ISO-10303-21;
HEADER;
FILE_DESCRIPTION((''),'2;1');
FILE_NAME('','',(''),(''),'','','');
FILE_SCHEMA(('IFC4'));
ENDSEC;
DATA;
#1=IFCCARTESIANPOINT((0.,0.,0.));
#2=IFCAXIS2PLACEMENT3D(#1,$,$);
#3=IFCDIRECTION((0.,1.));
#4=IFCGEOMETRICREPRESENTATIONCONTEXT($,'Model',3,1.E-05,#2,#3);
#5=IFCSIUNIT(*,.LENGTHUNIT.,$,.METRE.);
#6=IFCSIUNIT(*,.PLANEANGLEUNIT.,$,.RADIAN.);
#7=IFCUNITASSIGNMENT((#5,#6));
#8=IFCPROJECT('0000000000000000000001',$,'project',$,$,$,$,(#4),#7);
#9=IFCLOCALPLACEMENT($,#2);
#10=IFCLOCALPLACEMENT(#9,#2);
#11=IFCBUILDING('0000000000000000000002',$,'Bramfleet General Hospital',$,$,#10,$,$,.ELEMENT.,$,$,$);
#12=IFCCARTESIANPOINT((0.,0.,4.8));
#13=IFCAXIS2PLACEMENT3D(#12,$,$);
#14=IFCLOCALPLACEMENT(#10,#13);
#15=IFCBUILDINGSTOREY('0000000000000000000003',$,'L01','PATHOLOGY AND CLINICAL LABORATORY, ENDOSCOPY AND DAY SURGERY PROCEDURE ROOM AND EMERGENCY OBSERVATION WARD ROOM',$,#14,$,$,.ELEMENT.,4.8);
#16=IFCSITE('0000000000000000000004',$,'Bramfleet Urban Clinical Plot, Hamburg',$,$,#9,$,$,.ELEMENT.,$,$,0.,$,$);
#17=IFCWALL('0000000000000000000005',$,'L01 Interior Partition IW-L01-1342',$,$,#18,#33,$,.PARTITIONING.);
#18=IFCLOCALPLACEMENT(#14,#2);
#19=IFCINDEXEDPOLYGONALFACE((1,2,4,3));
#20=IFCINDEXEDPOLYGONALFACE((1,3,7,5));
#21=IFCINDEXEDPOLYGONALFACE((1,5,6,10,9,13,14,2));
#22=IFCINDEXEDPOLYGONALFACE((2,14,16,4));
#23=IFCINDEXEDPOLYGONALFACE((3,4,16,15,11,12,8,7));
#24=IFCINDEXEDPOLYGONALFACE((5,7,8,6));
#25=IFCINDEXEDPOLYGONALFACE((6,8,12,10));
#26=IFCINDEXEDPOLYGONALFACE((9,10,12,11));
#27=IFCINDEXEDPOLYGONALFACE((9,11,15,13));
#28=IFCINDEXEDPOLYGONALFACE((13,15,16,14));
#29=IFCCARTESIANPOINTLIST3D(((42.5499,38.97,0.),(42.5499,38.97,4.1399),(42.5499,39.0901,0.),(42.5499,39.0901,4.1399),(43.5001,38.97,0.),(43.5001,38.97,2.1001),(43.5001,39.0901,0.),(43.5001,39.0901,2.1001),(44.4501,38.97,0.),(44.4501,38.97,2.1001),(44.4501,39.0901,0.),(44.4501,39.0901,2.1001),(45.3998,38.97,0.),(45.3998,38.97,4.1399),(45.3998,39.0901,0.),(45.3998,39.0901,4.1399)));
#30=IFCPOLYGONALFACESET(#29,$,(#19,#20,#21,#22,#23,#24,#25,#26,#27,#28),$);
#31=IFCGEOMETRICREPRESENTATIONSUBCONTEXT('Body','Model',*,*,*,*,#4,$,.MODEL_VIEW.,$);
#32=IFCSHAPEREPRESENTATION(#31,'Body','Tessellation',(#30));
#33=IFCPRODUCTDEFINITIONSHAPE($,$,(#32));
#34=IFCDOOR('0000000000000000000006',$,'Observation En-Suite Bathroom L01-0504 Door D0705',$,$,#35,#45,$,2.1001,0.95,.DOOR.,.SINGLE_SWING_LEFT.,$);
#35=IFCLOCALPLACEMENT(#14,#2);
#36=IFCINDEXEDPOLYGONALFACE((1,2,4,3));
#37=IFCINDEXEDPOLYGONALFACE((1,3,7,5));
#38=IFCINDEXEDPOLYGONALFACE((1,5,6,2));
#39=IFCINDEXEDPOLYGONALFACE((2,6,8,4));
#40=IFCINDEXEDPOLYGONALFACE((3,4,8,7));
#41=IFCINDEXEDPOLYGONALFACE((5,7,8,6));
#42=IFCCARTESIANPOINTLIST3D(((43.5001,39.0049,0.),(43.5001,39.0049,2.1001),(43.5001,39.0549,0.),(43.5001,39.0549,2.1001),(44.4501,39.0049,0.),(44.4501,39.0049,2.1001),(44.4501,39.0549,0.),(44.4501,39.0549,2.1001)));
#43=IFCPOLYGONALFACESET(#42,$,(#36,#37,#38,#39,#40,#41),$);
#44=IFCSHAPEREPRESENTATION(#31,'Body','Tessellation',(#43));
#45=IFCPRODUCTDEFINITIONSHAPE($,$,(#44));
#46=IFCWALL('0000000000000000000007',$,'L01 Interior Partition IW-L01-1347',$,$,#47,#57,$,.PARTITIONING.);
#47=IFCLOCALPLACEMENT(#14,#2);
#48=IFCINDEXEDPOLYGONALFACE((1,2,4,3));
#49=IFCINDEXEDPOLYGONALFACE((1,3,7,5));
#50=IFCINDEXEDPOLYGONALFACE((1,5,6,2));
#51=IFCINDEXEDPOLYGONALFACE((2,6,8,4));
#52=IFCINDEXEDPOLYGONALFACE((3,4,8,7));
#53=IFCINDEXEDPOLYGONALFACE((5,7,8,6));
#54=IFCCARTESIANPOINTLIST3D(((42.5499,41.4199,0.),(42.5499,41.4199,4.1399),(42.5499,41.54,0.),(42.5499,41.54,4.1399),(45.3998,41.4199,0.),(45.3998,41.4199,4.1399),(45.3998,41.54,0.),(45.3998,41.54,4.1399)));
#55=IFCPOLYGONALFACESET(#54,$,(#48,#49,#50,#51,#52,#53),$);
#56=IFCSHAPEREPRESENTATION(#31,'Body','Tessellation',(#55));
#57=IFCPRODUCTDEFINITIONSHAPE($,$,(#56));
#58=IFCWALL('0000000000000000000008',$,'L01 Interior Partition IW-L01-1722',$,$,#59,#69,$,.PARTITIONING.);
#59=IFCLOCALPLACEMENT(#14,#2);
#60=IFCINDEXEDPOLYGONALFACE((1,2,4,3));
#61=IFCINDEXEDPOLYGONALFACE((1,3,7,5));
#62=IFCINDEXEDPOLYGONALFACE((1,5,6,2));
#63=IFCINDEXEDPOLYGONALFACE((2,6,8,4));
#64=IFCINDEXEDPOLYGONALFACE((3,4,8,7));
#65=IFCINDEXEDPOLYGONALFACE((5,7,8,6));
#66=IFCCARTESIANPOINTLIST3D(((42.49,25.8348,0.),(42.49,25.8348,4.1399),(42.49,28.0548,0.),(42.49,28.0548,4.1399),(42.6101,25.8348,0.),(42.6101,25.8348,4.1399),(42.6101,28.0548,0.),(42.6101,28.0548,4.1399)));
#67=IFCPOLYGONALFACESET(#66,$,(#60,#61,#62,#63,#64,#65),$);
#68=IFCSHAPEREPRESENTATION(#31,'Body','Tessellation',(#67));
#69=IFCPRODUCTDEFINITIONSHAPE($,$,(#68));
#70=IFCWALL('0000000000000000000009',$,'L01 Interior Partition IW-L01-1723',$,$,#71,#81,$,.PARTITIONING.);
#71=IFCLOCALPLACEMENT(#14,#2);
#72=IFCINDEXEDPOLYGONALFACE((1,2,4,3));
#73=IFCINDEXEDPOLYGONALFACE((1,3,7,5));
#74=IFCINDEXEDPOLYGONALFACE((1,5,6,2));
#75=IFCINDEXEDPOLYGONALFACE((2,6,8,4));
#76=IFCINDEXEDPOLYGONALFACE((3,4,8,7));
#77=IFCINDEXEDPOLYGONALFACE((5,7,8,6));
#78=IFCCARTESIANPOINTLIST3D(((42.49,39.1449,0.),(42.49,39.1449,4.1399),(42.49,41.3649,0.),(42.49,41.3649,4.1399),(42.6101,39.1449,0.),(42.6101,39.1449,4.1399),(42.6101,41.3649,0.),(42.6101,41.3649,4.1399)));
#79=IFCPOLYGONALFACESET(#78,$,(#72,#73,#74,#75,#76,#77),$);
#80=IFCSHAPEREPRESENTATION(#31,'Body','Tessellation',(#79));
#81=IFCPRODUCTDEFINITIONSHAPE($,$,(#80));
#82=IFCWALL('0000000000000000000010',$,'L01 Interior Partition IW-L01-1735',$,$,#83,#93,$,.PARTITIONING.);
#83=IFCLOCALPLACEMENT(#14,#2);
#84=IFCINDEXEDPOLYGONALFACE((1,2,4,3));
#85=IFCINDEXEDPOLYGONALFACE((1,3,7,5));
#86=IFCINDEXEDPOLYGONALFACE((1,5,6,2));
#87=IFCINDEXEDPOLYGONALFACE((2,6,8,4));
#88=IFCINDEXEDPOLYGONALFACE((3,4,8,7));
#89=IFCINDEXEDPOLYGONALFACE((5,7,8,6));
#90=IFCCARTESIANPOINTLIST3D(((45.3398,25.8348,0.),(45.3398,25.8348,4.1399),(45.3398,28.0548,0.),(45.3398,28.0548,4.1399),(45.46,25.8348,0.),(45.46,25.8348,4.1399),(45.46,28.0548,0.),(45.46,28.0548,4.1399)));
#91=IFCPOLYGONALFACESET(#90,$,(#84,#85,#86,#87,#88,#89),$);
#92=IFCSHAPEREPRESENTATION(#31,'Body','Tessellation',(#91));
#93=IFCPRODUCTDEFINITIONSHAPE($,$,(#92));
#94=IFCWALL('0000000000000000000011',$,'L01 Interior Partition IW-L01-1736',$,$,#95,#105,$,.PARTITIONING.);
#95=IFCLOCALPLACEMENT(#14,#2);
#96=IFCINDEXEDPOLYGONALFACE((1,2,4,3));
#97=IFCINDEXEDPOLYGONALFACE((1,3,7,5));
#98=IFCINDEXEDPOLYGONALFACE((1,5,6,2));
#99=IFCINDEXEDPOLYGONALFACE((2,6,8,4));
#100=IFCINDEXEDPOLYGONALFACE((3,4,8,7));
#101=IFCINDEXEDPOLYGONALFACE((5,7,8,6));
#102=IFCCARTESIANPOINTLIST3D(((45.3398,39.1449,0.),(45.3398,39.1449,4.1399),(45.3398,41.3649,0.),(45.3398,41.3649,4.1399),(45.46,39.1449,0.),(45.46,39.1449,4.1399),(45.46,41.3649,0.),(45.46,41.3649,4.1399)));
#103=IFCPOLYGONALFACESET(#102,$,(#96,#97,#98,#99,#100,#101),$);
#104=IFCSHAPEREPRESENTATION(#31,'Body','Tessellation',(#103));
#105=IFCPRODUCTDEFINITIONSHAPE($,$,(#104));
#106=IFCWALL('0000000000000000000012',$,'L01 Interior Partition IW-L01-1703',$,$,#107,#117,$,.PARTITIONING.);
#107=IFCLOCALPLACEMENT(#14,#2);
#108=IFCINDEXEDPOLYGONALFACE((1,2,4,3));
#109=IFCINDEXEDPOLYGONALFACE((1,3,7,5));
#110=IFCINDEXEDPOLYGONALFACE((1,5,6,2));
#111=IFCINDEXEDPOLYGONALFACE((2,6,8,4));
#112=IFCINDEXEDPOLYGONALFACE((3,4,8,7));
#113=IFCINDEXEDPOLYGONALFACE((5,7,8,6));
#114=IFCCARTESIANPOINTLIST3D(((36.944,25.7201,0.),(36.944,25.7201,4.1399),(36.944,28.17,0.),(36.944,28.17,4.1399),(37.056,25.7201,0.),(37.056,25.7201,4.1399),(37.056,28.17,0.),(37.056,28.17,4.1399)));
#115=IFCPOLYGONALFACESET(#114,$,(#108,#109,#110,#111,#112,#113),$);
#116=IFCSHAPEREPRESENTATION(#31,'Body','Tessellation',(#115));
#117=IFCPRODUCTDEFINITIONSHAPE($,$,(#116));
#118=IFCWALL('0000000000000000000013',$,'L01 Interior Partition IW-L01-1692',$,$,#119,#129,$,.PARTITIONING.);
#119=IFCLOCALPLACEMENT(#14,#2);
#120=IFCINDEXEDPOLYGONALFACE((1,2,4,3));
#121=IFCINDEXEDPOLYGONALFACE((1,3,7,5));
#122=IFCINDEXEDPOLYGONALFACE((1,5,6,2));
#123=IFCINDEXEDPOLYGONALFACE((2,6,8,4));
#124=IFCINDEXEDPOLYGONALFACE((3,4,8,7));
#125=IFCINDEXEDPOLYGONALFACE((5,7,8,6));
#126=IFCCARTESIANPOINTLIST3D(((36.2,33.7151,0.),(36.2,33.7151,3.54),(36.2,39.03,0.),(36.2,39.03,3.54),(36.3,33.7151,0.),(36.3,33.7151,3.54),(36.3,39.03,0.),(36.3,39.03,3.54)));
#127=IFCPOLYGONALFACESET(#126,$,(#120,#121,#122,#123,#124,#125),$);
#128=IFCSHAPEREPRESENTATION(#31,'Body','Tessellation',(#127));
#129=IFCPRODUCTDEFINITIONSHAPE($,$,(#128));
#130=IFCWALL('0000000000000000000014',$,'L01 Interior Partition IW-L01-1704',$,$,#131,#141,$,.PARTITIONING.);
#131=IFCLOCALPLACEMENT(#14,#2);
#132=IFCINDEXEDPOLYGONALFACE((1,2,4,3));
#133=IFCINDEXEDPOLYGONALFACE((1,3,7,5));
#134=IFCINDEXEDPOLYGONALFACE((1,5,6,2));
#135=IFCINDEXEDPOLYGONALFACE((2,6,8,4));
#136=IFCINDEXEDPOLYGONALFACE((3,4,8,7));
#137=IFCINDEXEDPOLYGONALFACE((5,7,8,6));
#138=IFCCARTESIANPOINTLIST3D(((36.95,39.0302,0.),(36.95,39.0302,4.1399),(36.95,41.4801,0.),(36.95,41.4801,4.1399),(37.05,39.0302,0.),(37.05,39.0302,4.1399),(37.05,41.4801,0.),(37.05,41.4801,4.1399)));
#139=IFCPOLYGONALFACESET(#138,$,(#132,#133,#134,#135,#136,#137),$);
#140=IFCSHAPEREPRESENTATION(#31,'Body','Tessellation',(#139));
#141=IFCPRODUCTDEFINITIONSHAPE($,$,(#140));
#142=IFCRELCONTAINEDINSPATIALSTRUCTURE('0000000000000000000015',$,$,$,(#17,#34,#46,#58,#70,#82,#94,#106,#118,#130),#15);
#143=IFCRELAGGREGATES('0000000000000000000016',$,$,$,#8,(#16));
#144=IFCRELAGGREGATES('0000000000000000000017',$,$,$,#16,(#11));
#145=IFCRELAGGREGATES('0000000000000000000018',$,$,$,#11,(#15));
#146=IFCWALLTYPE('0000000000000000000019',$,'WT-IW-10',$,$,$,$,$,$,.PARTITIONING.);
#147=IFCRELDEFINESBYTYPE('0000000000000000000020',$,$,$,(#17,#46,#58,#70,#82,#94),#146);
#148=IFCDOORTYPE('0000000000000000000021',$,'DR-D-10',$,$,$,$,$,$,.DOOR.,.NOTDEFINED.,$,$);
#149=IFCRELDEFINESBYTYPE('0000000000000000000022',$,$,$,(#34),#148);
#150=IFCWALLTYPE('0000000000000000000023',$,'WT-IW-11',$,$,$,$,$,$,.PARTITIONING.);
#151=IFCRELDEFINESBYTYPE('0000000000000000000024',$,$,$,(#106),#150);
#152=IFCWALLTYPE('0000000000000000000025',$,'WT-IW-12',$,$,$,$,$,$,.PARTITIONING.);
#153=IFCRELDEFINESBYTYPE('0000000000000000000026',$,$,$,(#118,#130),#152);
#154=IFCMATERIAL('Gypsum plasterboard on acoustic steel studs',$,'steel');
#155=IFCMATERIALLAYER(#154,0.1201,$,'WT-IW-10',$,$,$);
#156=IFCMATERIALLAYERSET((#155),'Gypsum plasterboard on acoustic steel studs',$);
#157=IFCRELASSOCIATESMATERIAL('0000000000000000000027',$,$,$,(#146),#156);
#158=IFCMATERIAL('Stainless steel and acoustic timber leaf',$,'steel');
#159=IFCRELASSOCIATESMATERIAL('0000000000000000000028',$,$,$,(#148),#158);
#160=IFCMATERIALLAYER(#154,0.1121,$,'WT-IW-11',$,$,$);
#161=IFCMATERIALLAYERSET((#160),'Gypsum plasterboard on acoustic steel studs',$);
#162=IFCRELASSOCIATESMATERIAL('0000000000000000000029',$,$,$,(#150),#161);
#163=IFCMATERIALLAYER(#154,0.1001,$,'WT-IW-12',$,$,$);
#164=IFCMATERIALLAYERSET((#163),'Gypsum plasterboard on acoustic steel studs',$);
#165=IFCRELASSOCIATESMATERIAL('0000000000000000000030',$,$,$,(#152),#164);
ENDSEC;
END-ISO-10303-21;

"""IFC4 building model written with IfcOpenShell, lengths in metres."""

from ifc_helpers import new_model, si_unit, direction, frame, frame_2d, origin, place, context, subcontext, project, spatial, rectangle, extrude, material, layer, layer_set, type_object, element, fill, save


model = new_model("IFC4")

# Units and contexts
model_context = context("Model", 3, precision=1e-05, world=origin(), true_north=direction((0.0, 1.0)))
body_context = subcontext(model_context, "Body", "Model", "MODEL_VIEW")
ifc_project = project(units=[si_unit("LENGTHUNIT", "METRE"), si_unit("PLANEANGLEUNIT", "RADIAN")], contexts=[model_context])

# Site, building, storey
site_placement = place(None, origin())
site = spatial("IfcSite", under=ifc_project, at=site_placement, Name="Bramfleet Urban Clinical Plot, Hamburg", CompositionType="ELEMENT", RefElevation=0.0)
building_placement = place(site_placement, origin())
building = spatial("IfcBuilding", under=site, at=building_placement, Name="Bramfleet General Hospital", CompositionType="ELEMENT")
storey_placement = place(building_placement, frame((0.0, 0.0, 4.8)))
storey = spatial("IfcBuildingStorey", under=building, at=storey_placement, Name="L01", Description="PATHOLOGY AND CLINICAL LABORATORY, ENDOSCOPY AND DAY SURGERY PROCEDURE ROOM AND EMERGENCY OBSERVATION WARD ROOM", CompositionType="ELEMENT", Elevation=4.8)

# Shared definitions
ifc_material_1 = material(Name="Gypsum plasterboard on acoustic steel studs", Category="steel")

# Shared definitions
ifc_material_2 = material(Name="Stainless steel and acoustic timber leaf", Category="steel")

# Shared definitions
ifc_layer_1 = layer(ifc_material_1, 0.1201, Name="WT-IW-10")
ifc_layer_set_1 = layer_set([ifc_layer_1], Name="Gypsum plasterboard on acoustic steel studs")
wall_type_1 = type_object("IfcWallType", Name="WT-IW-10", PredefinedType="PARTITIONING", material=ifc_layer_set_1)

# Wall, opening, door
door_type_1 = type_object("IfcDoorType", Name="DR-D-10", OperationType="NOTDEFINED", PredefinedType="DOOR", material=ifc_material_2)
wall_1_placement = place(storey_placement, frame((42.55, 39.03, 0.0), z_axis=(0.0, 0.0, 1.0), x_axis=(1.0, 0.0, 0.0)))
wall_1 = element("IfcWall", 1, at=wall_1_placement, inside=storey, type_object=wall_type_1, Name="L01 Interior Partition IW-L01-1342", PredefinedType="PARTITIONING", context=body_context, shape_type="SweptSolid", body=[
    extrude(rectangle(XDim=2.8499, YDim=0.1201, at=frame_2d((1.4248, 0.0))), origin(), (0.0, 0.0, 1.0), 4.1399),
])
opening_1_placement = place(wall_1_placement, frame((0.95, 0.0, 0.0)))
opening_1 = element("IfcOpeningElement", 2, at=opening_1_placement, cuts=wall_1, PredefinedType="OPENING", context=body_context, shape_type="SweptSolid", body=[
    extrude(rectangle(XDim=0.95, YDim=2.1001, at=frame_2d((0.4751, 1.05))), frame((0.0, 0.0701, 0.0), z_axis=(0.0, -1.0, 0.0), x_axis=(1.0, 0.0, 0.0)), (0.0, 0.0, 1.0), 0.1401),
])
door_1_placement = place(opening_1_placement, origin())
door_1 = element("IfcDoor", 3, at=door_1_placement, inside=storey, type_object=door_type_1, Name="Observation En-Suite Bathroom L01-0504 Door D0705", OperationType="SINGLE_SWING_LEFT", OverallHeight=2.1001, OverallWidth=0.95, PredefinedType="DOOR", context=body_context, shape_type="SweptSolid", body=[
    extrude(rectangle(XDim=0.95, YDim=2.1001, at=frame_2d((0.4751, 1.05))), frame((0.0, 0.0249, 0.0), z_axis=(0.0, -1.0, 0.0), x_axis=(1.0, 0.0, 0.0)), (0.0, 0.0, 1.0), 0.05),
])
fill(opening_1, door_1)

# Walls
wall_2_placement = place(storey_placement, frame((42.55, 41.48, 0.0), z_axis=(0.0, 0.0, 1.0), x_axis=(1.0, 0.0, 0.0)))
element("IfcWall", 4, at=wall_2_placement, inside=storey, type_object=wall_type_1, Name="L01 Interior Partition IW-L01-1347", PredefinedType="PARTITIONING", context=body_context, shape_type="SweptSolid", body=[
    extrude(rectangle(XDim=2.8499, YDim=0.1201, at=frame_2d((1.4248, 0.0))), origin(), (0.0, 0.0, 1.0), 4.1399),
])
for number, where, z_axis, x_axis, name in (
    (5, (42.55, 25.835, 0.0), (0.0, 0.0, 1.0), (0.0, 1.0, 0.0), "L01 Interior Partition IW-L01-1722"),
    (6, (42.55, 39.145, 0.0), (0.0, 0.0, 1.0), (0.0, 1.0, 0.0), "L01 Interior Partition IW-L01-1723"),
    (7, (45.3999, 25.835, 0.0), (0.0, 0.0, 1.0), (0.0, 1.0, 0.0), "L01 Interior Partition IW-L01-1735"),
    (8, (45.3999, 39.145, 0.0), (0.0, 0.0, 1.0), (0.0, 1.0, 0.0), "L01 Interior Partition IW-L01-1736"),
):
    element("IfcWall", number, at=place(storey_placement, frame(where, z_axis=z_axis, x_axis=x_axis)), inside=storey, type_object=wall_type_1, Name=name, PredefinedType="PARTITIONING", context=body_context, shape_type="SweptSolid", body=[
        extrude(rectangle(XDim=2.22, YDim=0.1201, at=frame_2d((1.1099, 0.0))), origin(), (0.0, 0.0, 1.0), 4.1399),
    ])
ifc_layer_2 = layer(ifc_material_1, 0.1121, Name="WT-IW-11")
ifc_layer_set_2 = layer_set([ifc_layer_2], Name="Gypsum plasterboard on acoustic steel studs")
wall_type_2 = type_object("IfcWallType", Name="WT-IW-11", PredefinedType="PARTITIONING", material=ifc_layer_set_2)
wall_3_placement = place(storey_placement, frame((37.0, 25.72, 0.0), z_axis=(0.0, 0.0, 1.0), x_axis=(0.0, 1.0, 0.0)))
element("IfcWall", 9, at=wall_3_placement, inside=storey, type_object=wall_type_2, Name="L01 Interior Partition IW-L01-1703", PredefinedType="PARTITIONING", context=body_context, shape_type="SweptSolid", body=[
    extrude(rectangle(XDim=2.45, YDim=0.1121, at=frame_2d((1.2251, 0.0))), origin(), (0.0, 0.0, 1.0), 4.1399),
])
ifc_layer_3 = layer(ifc_material_1, 0.1001, Name="WT-IW-12")
ifc_layer_set_3 = layer_set([ifc_layer_3], Name="Gypsum plasterboard on acoustic steel studs")
wall_type_3 = type_object("IfcWallType", Name="WT-IW-12", PredefinedType="PARTITIONING", material=ifc_layer_set_3)
wall_4_placement = place(storey_placement, frame((36.25, 33.7151, 0.0), z_axis=(0.0, 0.0, 1.0), x_axis=(0.0, 1.0, 0.0)))
element("IfcWall", 10, at=wall_4_placement, inside=storey, type_object=wall_type_3, Name="L01 Interior Partition IW-L01-1692", PredefinedType="PARTITIONING", context=body_context, shape_type="SweptSolid", body=[
    extrude(rectangle(XDim=5.3149, YDim=0.1001, at=frame_2d((2.6575, 0.0))), origin(), (0.0, 0.0, 1.0), 3.54),
])
wall_5_placement = place(storey_placement, frame((37.0, 39.03, 0.0), z_axis=(0.0, 0.0, 1.0), x_axis=(0.0, 1.0, 0.0)))
element("IfcWall", 11, at=wall_5_placement, inside=storey, type_object=wall_type_3, Name="L01 Interior Partition IW-L01-1704", PredefinedType="PARTITIONING", context=body_context, shape_type="SweptSolid", body=[
    extrude(rectangle(XDim=2.45, YDim=0.1001, at=frame_2d((1.2251, 0.0))), origin(), (0.0, 0.0, 1.0), 4.1399),
])

save(model, "model.ifc")
